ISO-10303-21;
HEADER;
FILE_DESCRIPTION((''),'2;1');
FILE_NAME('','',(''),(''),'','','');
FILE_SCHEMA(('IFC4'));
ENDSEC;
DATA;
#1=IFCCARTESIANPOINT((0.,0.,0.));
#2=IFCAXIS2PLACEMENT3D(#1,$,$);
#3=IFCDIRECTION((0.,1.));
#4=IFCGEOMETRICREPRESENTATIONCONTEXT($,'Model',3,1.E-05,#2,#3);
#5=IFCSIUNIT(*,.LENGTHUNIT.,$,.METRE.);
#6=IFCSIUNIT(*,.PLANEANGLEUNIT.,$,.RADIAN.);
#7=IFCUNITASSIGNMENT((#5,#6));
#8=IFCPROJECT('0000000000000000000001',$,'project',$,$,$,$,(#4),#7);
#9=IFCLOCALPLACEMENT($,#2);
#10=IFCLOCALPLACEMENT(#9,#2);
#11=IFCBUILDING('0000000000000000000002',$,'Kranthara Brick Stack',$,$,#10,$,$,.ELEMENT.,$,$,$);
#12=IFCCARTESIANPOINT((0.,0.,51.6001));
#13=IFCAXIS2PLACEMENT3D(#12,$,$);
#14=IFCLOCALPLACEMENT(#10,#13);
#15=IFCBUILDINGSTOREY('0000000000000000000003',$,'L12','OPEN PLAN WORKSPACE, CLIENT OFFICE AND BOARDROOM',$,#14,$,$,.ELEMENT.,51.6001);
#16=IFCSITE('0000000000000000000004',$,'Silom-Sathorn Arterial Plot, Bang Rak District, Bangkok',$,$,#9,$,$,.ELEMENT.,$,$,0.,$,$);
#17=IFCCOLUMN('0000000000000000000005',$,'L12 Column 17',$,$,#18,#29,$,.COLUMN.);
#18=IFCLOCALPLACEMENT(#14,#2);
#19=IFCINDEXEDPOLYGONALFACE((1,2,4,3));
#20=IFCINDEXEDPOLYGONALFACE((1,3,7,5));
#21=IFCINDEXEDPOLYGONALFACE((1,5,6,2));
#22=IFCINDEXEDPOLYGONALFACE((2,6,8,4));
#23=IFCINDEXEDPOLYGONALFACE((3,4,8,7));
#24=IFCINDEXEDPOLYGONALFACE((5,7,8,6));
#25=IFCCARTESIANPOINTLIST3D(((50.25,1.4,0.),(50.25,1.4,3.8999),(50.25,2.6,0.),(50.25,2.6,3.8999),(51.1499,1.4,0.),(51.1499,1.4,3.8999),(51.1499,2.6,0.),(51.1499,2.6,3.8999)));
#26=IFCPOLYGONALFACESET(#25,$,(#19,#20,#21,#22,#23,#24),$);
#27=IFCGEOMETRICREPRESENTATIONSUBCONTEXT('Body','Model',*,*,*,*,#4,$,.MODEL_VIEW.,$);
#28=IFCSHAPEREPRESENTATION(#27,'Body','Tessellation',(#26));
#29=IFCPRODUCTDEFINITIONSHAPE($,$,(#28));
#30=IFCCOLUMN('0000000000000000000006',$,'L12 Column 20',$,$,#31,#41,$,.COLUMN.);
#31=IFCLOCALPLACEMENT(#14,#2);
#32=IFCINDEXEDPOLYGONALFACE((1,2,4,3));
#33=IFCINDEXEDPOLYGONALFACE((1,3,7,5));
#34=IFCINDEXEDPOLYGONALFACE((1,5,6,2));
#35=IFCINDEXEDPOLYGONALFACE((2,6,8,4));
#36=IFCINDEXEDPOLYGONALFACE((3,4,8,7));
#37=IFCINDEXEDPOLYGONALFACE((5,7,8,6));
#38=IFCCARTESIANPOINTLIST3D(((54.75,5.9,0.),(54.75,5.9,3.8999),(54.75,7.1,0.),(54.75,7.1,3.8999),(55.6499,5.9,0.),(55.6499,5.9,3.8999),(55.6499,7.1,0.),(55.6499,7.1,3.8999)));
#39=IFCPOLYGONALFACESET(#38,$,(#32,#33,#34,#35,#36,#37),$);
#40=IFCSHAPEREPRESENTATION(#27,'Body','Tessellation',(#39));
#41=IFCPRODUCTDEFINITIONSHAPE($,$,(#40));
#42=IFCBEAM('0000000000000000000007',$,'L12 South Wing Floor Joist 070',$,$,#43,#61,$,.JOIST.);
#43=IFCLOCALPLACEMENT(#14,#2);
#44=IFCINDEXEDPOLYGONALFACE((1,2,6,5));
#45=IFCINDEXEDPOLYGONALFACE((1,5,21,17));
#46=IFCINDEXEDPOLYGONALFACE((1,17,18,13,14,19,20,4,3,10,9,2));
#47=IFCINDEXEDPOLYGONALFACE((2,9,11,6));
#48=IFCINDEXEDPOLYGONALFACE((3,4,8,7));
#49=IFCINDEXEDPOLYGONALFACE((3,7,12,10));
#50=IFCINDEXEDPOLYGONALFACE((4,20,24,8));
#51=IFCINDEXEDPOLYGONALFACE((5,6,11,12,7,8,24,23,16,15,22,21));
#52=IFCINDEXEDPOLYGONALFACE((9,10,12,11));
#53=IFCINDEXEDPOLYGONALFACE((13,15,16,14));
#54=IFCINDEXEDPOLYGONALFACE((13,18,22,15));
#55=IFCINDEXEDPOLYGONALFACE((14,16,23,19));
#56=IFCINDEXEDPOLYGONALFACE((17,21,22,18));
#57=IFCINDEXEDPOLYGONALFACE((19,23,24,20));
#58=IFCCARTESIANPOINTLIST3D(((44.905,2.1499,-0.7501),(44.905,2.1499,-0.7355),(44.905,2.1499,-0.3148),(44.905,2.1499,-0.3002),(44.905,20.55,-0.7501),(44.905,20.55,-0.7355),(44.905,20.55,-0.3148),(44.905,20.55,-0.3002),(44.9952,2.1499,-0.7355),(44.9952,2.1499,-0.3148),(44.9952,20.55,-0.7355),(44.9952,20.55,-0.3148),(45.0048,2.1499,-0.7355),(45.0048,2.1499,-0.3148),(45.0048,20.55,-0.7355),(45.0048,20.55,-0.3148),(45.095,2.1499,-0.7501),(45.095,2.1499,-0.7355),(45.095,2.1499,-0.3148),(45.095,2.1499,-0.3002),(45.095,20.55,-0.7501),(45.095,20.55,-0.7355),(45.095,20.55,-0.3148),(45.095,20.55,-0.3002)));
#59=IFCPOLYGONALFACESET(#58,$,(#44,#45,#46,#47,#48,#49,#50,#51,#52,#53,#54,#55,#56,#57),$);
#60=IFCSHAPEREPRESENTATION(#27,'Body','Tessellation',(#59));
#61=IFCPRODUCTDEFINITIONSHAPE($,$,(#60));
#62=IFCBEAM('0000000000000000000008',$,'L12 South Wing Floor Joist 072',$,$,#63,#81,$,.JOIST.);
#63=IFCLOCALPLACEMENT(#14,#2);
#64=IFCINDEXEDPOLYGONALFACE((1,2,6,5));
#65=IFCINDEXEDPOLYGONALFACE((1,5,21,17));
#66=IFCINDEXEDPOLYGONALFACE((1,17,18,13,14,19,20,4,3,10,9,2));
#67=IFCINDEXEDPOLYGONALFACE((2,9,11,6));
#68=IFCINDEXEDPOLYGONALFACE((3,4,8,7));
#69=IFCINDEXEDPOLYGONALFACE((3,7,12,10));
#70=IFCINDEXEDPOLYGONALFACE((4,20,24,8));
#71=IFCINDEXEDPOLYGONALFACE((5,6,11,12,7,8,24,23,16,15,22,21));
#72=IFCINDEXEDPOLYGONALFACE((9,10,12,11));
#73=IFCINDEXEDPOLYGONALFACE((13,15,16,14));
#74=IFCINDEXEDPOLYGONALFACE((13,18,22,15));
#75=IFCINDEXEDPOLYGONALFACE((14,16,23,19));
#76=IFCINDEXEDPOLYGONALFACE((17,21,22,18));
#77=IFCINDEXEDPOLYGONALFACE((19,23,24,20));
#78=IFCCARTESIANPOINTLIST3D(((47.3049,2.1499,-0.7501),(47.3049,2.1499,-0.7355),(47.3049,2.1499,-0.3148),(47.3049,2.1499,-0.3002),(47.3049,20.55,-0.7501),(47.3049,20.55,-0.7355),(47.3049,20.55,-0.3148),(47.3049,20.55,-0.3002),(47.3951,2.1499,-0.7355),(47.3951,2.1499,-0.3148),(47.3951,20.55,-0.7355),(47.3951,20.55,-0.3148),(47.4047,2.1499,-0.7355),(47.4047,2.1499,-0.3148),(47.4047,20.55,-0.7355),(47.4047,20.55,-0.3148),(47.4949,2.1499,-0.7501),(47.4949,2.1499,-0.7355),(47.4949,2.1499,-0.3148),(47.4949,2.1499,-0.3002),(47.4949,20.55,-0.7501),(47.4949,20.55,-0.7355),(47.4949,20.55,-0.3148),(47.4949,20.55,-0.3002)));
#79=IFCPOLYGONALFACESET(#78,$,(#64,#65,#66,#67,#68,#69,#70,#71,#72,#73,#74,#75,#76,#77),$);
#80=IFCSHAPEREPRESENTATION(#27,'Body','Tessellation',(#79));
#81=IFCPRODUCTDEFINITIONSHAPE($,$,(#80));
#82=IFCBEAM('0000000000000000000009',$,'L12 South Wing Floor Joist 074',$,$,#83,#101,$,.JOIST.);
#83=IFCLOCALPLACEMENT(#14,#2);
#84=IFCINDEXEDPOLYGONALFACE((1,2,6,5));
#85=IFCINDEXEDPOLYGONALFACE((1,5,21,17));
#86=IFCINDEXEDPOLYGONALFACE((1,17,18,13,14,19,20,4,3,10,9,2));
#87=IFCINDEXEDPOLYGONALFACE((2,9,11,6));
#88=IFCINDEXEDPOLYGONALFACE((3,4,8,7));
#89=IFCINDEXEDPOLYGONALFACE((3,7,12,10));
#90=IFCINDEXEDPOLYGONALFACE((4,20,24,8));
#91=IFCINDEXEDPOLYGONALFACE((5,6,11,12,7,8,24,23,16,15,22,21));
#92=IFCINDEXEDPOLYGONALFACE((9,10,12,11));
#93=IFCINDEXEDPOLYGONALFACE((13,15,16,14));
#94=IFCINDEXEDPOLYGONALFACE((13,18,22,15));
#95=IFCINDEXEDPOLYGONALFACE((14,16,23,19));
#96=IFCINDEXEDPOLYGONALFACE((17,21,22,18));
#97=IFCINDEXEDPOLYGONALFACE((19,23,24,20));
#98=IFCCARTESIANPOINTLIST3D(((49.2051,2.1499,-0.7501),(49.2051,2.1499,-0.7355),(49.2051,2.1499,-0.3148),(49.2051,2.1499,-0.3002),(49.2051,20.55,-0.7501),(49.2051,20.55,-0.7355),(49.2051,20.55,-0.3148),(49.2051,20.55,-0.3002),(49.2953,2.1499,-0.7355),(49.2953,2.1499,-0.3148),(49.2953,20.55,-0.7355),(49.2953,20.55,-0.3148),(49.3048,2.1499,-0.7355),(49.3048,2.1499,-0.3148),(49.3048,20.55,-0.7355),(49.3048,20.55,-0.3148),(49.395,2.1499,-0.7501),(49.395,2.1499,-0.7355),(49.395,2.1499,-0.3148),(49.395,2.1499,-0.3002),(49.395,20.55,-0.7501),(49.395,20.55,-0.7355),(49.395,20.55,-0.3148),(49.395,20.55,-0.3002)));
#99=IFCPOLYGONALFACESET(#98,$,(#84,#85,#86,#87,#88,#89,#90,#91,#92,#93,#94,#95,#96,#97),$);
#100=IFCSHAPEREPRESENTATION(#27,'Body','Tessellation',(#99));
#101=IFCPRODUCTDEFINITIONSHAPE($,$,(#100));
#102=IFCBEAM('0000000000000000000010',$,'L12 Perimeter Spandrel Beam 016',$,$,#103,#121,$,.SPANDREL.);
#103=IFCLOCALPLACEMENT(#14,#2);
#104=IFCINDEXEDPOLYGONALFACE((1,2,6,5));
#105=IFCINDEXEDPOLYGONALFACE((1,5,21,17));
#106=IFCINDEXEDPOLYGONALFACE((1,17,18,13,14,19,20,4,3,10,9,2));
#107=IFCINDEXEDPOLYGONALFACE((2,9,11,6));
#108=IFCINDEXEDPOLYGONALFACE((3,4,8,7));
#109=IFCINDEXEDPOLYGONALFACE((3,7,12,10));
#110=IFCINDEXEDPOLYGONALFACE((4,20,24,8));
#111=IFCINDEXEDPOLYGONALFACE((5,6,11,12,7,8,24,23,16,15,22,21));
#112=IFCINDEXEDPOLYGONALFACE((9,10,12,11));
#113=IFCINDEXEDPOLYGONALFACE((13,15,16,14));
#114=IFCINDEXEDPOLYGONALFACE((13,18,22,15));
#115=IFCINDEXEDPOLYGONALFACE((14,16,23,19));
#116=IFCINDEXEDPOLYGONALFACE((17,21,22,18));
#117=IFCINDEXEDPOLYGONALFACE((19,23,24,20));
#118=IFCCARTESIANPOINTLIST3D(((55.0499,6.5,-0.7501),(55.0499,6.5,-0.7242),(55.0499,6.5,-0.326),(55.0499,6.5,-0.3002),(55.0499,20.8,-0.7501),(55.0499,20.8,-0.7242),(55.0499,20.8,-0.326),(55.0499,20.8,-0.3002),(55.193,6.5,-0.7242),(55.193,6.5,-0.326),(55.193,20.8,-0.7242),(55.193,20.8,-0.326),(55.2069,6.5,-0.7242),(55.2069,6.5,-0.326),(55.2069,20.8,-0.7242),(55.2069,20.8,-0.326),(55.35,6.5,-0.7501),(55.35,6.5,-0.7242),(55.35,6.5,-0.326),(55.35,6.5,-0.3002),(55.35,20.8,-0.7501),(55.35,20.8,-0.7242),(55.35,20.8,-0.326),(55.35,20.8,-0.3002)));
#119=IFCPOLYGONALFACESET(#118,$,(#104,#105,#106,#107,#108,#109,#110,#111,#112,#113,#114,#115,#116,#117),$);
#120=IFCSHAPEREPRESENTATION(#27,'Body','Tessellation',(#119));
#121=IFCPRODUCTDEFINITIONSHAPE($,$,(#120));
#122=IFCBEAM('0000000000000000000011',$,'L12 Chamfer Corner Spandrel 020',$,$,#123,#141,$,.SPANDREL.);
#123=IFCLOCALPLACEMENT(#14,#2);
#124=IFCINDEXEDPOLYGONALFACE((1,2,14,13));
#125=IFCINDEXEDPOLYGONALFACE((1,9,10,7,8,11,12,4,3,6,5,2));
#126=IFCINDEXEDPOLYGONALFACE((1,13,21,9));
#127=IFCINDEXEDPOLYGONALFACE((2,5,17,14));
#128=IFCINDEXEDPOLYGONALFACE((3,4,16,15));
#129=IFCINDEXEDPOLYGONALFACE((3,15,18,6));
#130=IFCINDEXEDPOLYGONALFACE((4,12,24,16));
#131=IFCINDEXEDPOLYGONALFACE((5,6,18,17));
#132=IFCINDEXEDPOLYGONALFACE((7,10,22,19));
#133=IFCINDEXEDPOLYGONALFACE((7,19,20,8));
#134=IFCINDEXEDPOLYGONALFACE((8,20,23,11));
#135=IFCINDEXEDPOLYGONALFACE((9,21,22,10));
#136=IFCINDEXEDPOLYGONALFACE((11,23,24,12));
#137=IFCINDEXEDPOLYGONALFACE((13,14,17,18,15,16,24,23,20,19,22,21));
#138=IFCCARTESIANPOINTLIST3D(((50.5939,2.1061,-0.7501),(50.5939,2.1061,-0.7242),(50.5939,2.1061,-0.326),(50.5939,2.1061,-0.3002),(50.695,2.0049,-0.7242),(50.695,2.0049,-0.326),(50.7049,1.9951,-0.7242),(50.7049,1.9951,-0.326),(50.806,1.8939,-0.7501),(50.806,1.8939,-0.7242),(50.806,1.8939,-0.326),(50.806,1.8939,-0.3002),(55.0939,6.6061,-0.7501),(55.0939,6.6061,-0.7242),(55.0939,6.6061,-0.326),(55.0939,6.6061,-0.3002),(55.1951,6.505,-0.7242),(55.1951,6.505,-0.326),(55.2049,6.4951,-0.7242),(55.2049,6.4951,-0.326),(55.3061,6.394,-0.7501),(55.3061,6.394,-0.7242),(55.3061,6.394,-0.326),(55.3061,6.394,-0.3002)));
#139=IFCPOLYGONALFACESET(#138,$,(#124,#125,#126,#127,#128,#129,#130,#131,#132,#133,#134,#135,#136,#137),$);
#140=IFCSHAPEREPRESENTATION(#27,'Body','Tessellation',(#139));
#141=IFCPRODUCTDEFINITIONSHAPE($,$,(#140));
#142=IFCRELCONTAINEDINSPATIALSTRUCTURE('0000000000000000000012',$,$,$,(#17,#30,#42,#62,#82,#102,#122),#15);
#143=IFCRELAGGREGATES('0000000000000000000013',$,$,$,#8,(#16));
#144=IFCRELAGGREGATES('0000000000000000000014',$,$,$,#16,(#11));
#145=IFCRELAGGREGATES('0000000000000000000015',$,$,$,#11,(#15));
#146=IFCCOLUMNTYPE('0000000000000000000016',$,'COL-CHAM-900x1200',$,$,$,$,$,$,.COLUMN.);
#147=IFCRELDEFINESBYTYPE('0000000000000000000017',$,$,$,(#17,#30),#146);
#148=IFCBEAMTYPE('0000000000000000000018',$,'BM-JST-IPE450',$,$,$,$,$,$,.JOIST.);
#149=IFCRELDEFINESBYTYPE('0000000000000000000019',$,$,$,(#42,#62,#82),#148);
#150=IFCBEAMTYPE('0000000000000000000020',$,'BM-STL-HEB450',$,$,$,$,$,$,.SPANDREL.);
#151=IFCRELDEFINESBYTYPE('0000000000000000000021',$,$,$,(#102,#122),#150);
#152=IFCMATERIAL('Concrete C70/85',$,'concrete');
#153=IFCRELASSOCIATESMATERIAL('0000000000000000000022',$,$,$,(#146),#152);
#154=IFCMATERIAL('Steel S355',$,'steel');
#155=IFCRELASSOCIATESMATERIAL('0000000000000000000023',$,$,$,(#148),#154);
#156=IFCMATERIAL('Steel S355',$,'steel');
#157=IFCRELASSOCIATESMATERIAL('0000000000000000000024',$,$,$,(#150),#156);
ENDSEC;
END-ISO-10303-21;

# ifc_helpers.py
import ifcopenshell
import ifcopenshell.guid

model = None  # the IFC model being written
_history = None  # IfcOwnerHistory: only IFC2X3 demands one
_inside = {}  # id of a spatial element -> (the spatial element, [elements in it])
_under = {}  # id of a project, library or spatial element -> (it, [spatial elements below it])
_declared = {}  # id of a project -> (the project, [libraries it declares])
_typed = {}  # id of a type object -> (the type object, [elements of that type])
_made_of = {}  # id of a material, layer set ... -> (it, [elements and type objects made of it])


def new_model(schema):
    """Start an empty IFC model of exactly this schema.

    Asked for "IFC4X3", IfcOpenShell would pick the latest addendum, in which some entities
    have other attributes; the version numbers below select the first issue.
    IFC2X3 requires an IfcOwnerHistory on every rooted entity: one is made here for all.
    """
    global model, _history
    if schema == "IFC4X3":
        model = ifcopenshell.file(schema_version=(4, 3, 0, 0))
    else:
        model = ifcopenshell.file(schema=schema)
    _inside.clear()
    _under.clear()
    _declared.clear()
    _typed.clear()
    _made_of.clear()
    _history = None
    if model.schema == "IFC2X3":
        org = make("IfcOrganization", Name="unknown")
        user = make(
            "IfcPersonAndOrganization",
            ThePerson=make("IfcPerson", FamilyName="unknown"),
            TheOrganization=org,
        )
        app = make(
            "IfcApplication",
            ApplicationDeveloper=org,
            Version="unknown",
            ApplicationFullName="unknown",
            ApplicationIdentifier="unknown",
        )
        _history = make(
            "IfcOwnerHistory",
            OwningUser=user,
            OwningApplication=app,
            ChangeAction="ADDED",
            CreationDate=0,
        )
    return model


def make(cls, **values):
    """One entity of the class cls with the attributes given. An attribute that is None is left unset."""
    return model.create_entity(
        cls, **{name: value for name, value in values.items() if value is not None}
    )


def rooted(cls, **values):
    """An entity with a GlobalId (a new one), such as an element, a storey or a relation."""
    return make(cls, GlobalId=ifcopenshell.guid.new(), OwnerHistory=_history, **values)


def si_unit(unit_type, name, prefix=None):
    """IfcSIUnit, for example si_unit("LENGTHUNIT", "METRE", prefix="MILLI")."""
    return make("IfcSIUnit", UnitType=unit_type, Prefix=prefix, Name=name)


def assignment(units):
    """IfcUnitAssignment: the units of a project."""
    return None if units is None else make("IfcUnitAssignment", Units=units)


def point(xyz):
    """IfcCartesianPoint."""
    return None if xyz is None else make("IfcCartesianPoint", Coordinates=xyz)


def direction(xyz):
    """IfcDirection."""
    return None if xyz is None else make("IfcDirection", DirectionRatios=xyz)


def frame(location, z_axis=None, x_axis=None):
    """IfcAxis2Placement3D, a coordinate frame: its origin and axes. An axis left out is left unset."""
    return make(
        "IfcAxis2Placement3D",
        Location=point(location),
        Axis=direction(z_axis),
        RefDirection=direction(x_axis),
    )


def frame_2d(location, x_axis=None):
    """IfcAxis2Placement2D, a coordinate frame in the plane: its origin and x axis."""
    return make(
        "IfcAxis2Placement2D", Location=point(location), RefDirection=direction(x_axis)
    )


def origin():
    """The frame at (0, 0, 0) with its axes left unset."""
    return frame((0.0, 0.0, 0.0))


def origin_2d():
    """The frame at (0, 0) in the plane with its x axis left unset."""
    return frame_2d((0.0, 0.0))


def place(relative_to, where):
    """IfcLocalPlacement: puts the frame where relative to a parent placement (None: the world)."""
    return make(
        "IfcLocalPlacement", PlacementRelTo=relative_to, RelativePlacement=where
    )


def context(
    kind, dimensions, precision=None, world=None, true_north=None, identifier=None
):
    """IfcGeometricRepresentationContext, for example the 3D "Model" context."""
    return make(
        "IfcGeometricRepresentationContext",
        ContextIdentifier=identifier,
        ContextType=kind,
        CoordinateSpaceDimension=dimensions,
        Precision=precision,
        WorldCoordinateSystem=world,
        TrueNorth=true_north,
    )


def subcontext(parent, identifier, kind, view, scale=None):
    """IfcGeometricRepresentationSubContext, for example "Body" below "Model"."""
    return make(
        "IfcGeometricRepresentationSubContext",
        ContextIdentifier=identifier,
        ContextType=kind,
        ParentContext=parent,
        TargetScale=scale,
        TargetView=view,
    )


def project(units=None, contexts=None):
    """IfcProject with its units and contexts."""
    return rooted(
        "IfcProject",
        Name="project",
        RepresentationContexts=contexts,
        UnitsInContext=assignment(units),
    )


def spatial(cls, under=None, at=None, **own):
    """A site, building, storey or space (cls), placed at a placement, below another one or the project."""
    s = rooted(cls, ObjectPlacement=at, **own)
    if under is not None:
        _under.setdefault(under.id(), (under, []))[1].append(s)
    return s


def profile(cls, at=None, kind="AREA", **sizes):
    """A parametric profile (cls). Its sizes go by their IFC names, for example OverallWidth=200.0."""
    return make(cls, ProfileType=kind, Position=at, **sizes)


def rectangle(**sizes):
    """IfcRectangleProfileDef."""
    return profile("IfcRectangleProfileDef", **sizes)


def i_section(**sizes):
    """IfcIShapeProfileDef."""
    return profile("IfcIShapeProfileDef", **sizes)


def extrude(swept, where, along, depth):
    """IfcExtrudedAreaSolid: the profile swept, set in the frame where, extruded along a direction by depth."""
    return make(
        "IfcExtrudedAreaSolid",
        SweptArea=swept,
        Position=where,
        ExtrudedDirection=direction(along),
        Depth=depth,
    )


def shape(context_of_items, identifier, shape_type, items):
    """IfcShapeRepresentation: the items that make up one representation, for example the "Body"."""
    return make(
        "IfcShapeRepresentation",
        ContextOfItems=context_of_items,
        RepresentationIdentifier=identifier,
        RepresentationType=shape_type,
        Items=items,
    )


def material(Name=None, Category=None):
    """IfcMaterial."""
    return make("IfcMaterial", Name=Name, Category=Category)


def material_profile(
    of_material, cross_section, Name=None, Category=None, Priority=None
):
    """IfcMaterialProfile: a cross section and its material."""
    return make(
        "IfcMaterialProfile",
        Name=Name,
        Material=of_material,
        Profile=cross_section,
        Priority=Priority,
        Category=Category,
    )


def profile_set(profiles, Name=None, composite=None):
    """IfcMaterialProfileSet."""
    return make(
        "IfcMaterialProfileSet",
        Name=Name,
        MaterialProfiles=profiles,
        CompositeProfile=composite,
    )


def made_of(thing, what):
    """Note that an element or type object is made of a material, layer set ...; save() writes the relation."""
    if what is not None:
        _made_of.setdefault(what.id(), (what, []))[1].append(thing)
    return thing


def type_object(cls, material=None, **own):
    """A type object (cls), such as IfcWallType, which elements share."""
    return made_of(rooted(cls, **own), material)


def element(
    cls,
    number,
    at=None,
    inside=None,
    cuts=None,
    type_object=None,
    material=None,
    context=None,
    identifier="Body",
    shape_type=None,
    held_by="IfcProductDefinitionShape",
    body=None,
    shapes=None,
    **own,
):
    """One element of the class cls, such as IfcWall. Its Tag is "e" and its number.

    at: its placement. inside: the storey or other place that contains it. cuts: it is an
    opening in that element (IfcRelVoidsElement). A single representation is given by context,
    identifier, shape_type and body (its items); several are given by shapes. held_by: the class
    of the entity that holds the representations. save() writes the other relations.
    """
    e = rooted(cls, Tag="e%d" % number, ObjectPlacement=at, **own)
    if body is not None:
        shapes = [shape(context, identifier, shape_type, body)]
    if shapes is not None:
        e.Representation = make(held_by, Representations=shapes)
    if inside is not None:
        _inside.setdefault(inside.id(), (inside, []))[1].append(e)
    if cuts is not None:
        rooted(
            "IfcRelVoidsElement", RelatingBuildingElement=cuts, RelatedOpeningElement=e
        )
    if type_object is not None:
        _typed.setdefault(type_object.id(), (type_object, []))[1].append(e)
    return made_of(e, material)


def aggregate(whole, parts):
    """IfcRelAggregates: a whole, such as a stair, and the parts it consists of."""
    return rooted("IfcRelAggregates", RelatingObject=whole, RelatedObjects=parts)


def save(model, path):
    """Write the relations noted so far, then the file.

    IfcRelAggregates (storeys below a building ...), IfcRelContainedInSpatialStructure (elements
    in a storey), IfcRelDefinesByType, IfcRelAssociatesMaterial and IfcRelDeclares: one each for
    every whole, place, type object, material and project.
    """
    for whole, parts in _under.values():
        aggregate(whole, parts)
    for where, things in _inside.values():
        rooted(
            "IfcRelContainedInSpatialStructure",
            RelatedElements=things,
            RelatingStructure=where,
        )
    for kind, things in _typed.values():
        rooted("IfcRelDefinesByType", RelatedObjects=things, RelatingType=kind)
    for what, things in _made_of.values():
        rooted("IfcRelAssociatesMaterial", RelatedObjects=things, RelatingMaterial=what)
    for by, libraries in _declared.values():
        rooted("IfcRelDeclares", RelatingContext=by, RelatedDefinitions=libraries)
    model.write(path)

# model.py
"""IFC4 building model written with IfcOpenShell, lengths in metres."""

from ifc_helpers import new_model, si_unit, direction, frame, origin, origin_2d, place, context, subcontext, project, spatial, rectangle, i_section, extrude, material, material_profile, profile_set, type_object, element, save


model = new_model("IFC4")

# Units and contexts
model_context = context("Model", 3, precision=1e-05, world=origin(), true_north=direction((0.0, 1.0)))
body_context = subcontext(model_context, "Body", "Model", "MODEL_VIEW")
ifc_project = project(units=[si_unit("LENGTHUNIT", "METRE"), si_unit("PLANEANGLEUNIT", "RADIAN")], contexts=[model_context])

# Site, building, storey
site_placement = place(None, origin())
site = spatial("IfcSite", under=ifc_project, at=site_placement, Name="Silom-Sathorn Arterial Plot, Bang Rak District, Bangkok", CompositionType="ELEMENT", RefElevation=0.0)
building_placement = place(site_placement, origin())
building = spatial("IfcBuilding", under=site, at=building_placement, Name="Kranthara Brick Stack", CompositionType="ELEMENT")
storey_placement = place(building_placement, frame((0.0, 0.0, 51.6001)))
storey = spatial("IfcBuildingStorey", under=building, at=storey_placement, Name="L12", Description="OPEN PLAN WORKSPACE, CLIENT OFFICE AND BOARDROOM", CompositionType="ELEMENT", Elevation=51.6001)

# Columns
ifc_material_1 = material(Name="Concrete C70/85", Category="concrete")
ifc_material_profile_1 = material_profile(ifc_material_1, rectangle(XDim=0.8999, YDim=1.2, at=origin_2d()), Name="RC 900x1200")
ifc_profile_set_1 = profile_set([ifc_material_profile_1], Name="Concrete C70/85")
column_type = type_object("IfcColumnType", Name="COL-CHAM-900x1200", PredefinedType="COLUMN", material=ifc_profile_set_1)
for number, where, z_axis, x_axis, name in (
    (1, (50.7, 2.0, 0.0), (0.0, 0.0, 1.0), (1.0, 0.0, 0.0), "L12 Column 17"),
    (2, (55.2, 6.5, 0.0), (0.0, 0.0, 1.0), (1.0, 0.0, 0.0), "L12 Column 20"),
):
    element("IfcColumn", number, at=place(storey_placement, frame(where, z_axis=z_axis, x_axis=x_axis)), inside=storey, type_object=column_type, Name=name, PredefinedType="COLUMN", context=body_context, shape_type="SweptSolid", body=[
        extrude(rectangle(XDim=0.8999, YDim=1.2, at=origin_2d()), origin(), (0.0, 0.0, 1.0), 3.8999),
    ])

# Beams
ifc_material_2 = material(Name="Steel S355", Category="steel")
ifc_material_profile_2 = material_profile(ifc_material_2, i_section(OverallWidth=0.1899, OverallDepth=0.45, WebThickness=0.0095, FlangeThickness=0.0146, at=origin_2d()), Name="IPE 450")
ifc_profile_set_2 = profile_set([ifc_material_profile_2], Name="Steel S355")
beam_type_1 = type_object("IfcBeamType", Name="BM-JST-IPE450", PredefinedType="JOIST", material=ifc_profile_set_2)
for number, where, z_axis, x_axis, name in (
    (3, (45.0, 2.1499, -0.5251), (0.0, 1.0, 0.0), (-1.0, 0.0, 0.0), "L12 South Wing Floor Joist 070"),
    (4, (47.3999, 2.1499, -0.5251), (0.0, 1.0, 0.0), (-1.0, 0.0, 0.0), "L12 South Wing Floor Joist 072"),
    (5, (49.3, 2.1499, -0.5251), (0.0, 1.0, 0.0), (-1.0, 0.0, 0.0), "L12 South Wing Floor Joist 074"),
):
    element("IfcBeam", number, at=place(storey_placement, frame(where, z_axis=z_axis, x_axis=x_axis)), inside=storey, type_object=beam_type_1, Name=name, PredefinedType="JOIST", context=body_context, shape_type="SweptSolid", body=[
        extrude(i_section(OverallWidth=0.1899, OverallDepth=0.45, WebThickness=0.0095, FlangeThickness=0.0146, at=origin_2d()), origin(), (0.0, 0.0, 1.0), 18.4001),
    ])
ifc_material_3 = material(Name="Steel S355", Category="steel")
ifc_material_profile_3 = material_profile(ifc_material_3, i_section(OverallWidth=0.3, OverallDepth=0.45, WebThickness=0.0139, FlangeThickness=0.0259, at=origin_2d()), Name="HEB 450")
ifc_profile_set_3 = profile_set([ifc_material_profile_3], Name="Steel S355")
beam_type_2 = type_object("IfcBeamType", Name="BM-STL-HEB450", PredefinedType="SPANDREL", material=ifc_profile_set_3)
beam_1_placement = place(storey_placement, frame((55.2, 6.5, -0.5251), z_axis=(0.0, 1.0, 0.0), x_axis=(-1.0, 0.0, 0.0)))
element("IfcBeam", 6, at=beam_1_placement, inside=storey, type_object=beam_type_2, Name="L12 Perimeter Spandrel Beam 016", PredefinedType="SPANDREL", context=body_context, shape_type="SweptSolid", body=[
    extrude(i_section(OverallWidth=0.3, OverallDepth=0.45, WebThickness=0.0139, FlangeThickness=0.0259, at=origin_2d()), origin(), (0.0, 0.0, 1.0), 14.3),
])
beam_2_placement = place(storey_placement, frame((50.7, 2.0, -0.5251), z_axis=(0.707107, 0.707107, 0.0), x_axis=(-0.707107, 0.707107, 0.0)))
element("IfcBeam", 7, at=beam_2_placement, inside=storey, type_object=beam_type_2, Name="L12 Chamfer Corner Spandrel 020", PredefinedType="SPANDREL", context=body_context, shape_type="SweptSolid", body=[
    extrude(i_section(OverallWidth=0.3, OverallDepth=0.45, WebThickness=0.0139, FlangeThickness=0.0259, at=origin_2d()), origin(), (0.0, 0.0, 1.0), 6.364),
])

save(model, "model.ifc")
